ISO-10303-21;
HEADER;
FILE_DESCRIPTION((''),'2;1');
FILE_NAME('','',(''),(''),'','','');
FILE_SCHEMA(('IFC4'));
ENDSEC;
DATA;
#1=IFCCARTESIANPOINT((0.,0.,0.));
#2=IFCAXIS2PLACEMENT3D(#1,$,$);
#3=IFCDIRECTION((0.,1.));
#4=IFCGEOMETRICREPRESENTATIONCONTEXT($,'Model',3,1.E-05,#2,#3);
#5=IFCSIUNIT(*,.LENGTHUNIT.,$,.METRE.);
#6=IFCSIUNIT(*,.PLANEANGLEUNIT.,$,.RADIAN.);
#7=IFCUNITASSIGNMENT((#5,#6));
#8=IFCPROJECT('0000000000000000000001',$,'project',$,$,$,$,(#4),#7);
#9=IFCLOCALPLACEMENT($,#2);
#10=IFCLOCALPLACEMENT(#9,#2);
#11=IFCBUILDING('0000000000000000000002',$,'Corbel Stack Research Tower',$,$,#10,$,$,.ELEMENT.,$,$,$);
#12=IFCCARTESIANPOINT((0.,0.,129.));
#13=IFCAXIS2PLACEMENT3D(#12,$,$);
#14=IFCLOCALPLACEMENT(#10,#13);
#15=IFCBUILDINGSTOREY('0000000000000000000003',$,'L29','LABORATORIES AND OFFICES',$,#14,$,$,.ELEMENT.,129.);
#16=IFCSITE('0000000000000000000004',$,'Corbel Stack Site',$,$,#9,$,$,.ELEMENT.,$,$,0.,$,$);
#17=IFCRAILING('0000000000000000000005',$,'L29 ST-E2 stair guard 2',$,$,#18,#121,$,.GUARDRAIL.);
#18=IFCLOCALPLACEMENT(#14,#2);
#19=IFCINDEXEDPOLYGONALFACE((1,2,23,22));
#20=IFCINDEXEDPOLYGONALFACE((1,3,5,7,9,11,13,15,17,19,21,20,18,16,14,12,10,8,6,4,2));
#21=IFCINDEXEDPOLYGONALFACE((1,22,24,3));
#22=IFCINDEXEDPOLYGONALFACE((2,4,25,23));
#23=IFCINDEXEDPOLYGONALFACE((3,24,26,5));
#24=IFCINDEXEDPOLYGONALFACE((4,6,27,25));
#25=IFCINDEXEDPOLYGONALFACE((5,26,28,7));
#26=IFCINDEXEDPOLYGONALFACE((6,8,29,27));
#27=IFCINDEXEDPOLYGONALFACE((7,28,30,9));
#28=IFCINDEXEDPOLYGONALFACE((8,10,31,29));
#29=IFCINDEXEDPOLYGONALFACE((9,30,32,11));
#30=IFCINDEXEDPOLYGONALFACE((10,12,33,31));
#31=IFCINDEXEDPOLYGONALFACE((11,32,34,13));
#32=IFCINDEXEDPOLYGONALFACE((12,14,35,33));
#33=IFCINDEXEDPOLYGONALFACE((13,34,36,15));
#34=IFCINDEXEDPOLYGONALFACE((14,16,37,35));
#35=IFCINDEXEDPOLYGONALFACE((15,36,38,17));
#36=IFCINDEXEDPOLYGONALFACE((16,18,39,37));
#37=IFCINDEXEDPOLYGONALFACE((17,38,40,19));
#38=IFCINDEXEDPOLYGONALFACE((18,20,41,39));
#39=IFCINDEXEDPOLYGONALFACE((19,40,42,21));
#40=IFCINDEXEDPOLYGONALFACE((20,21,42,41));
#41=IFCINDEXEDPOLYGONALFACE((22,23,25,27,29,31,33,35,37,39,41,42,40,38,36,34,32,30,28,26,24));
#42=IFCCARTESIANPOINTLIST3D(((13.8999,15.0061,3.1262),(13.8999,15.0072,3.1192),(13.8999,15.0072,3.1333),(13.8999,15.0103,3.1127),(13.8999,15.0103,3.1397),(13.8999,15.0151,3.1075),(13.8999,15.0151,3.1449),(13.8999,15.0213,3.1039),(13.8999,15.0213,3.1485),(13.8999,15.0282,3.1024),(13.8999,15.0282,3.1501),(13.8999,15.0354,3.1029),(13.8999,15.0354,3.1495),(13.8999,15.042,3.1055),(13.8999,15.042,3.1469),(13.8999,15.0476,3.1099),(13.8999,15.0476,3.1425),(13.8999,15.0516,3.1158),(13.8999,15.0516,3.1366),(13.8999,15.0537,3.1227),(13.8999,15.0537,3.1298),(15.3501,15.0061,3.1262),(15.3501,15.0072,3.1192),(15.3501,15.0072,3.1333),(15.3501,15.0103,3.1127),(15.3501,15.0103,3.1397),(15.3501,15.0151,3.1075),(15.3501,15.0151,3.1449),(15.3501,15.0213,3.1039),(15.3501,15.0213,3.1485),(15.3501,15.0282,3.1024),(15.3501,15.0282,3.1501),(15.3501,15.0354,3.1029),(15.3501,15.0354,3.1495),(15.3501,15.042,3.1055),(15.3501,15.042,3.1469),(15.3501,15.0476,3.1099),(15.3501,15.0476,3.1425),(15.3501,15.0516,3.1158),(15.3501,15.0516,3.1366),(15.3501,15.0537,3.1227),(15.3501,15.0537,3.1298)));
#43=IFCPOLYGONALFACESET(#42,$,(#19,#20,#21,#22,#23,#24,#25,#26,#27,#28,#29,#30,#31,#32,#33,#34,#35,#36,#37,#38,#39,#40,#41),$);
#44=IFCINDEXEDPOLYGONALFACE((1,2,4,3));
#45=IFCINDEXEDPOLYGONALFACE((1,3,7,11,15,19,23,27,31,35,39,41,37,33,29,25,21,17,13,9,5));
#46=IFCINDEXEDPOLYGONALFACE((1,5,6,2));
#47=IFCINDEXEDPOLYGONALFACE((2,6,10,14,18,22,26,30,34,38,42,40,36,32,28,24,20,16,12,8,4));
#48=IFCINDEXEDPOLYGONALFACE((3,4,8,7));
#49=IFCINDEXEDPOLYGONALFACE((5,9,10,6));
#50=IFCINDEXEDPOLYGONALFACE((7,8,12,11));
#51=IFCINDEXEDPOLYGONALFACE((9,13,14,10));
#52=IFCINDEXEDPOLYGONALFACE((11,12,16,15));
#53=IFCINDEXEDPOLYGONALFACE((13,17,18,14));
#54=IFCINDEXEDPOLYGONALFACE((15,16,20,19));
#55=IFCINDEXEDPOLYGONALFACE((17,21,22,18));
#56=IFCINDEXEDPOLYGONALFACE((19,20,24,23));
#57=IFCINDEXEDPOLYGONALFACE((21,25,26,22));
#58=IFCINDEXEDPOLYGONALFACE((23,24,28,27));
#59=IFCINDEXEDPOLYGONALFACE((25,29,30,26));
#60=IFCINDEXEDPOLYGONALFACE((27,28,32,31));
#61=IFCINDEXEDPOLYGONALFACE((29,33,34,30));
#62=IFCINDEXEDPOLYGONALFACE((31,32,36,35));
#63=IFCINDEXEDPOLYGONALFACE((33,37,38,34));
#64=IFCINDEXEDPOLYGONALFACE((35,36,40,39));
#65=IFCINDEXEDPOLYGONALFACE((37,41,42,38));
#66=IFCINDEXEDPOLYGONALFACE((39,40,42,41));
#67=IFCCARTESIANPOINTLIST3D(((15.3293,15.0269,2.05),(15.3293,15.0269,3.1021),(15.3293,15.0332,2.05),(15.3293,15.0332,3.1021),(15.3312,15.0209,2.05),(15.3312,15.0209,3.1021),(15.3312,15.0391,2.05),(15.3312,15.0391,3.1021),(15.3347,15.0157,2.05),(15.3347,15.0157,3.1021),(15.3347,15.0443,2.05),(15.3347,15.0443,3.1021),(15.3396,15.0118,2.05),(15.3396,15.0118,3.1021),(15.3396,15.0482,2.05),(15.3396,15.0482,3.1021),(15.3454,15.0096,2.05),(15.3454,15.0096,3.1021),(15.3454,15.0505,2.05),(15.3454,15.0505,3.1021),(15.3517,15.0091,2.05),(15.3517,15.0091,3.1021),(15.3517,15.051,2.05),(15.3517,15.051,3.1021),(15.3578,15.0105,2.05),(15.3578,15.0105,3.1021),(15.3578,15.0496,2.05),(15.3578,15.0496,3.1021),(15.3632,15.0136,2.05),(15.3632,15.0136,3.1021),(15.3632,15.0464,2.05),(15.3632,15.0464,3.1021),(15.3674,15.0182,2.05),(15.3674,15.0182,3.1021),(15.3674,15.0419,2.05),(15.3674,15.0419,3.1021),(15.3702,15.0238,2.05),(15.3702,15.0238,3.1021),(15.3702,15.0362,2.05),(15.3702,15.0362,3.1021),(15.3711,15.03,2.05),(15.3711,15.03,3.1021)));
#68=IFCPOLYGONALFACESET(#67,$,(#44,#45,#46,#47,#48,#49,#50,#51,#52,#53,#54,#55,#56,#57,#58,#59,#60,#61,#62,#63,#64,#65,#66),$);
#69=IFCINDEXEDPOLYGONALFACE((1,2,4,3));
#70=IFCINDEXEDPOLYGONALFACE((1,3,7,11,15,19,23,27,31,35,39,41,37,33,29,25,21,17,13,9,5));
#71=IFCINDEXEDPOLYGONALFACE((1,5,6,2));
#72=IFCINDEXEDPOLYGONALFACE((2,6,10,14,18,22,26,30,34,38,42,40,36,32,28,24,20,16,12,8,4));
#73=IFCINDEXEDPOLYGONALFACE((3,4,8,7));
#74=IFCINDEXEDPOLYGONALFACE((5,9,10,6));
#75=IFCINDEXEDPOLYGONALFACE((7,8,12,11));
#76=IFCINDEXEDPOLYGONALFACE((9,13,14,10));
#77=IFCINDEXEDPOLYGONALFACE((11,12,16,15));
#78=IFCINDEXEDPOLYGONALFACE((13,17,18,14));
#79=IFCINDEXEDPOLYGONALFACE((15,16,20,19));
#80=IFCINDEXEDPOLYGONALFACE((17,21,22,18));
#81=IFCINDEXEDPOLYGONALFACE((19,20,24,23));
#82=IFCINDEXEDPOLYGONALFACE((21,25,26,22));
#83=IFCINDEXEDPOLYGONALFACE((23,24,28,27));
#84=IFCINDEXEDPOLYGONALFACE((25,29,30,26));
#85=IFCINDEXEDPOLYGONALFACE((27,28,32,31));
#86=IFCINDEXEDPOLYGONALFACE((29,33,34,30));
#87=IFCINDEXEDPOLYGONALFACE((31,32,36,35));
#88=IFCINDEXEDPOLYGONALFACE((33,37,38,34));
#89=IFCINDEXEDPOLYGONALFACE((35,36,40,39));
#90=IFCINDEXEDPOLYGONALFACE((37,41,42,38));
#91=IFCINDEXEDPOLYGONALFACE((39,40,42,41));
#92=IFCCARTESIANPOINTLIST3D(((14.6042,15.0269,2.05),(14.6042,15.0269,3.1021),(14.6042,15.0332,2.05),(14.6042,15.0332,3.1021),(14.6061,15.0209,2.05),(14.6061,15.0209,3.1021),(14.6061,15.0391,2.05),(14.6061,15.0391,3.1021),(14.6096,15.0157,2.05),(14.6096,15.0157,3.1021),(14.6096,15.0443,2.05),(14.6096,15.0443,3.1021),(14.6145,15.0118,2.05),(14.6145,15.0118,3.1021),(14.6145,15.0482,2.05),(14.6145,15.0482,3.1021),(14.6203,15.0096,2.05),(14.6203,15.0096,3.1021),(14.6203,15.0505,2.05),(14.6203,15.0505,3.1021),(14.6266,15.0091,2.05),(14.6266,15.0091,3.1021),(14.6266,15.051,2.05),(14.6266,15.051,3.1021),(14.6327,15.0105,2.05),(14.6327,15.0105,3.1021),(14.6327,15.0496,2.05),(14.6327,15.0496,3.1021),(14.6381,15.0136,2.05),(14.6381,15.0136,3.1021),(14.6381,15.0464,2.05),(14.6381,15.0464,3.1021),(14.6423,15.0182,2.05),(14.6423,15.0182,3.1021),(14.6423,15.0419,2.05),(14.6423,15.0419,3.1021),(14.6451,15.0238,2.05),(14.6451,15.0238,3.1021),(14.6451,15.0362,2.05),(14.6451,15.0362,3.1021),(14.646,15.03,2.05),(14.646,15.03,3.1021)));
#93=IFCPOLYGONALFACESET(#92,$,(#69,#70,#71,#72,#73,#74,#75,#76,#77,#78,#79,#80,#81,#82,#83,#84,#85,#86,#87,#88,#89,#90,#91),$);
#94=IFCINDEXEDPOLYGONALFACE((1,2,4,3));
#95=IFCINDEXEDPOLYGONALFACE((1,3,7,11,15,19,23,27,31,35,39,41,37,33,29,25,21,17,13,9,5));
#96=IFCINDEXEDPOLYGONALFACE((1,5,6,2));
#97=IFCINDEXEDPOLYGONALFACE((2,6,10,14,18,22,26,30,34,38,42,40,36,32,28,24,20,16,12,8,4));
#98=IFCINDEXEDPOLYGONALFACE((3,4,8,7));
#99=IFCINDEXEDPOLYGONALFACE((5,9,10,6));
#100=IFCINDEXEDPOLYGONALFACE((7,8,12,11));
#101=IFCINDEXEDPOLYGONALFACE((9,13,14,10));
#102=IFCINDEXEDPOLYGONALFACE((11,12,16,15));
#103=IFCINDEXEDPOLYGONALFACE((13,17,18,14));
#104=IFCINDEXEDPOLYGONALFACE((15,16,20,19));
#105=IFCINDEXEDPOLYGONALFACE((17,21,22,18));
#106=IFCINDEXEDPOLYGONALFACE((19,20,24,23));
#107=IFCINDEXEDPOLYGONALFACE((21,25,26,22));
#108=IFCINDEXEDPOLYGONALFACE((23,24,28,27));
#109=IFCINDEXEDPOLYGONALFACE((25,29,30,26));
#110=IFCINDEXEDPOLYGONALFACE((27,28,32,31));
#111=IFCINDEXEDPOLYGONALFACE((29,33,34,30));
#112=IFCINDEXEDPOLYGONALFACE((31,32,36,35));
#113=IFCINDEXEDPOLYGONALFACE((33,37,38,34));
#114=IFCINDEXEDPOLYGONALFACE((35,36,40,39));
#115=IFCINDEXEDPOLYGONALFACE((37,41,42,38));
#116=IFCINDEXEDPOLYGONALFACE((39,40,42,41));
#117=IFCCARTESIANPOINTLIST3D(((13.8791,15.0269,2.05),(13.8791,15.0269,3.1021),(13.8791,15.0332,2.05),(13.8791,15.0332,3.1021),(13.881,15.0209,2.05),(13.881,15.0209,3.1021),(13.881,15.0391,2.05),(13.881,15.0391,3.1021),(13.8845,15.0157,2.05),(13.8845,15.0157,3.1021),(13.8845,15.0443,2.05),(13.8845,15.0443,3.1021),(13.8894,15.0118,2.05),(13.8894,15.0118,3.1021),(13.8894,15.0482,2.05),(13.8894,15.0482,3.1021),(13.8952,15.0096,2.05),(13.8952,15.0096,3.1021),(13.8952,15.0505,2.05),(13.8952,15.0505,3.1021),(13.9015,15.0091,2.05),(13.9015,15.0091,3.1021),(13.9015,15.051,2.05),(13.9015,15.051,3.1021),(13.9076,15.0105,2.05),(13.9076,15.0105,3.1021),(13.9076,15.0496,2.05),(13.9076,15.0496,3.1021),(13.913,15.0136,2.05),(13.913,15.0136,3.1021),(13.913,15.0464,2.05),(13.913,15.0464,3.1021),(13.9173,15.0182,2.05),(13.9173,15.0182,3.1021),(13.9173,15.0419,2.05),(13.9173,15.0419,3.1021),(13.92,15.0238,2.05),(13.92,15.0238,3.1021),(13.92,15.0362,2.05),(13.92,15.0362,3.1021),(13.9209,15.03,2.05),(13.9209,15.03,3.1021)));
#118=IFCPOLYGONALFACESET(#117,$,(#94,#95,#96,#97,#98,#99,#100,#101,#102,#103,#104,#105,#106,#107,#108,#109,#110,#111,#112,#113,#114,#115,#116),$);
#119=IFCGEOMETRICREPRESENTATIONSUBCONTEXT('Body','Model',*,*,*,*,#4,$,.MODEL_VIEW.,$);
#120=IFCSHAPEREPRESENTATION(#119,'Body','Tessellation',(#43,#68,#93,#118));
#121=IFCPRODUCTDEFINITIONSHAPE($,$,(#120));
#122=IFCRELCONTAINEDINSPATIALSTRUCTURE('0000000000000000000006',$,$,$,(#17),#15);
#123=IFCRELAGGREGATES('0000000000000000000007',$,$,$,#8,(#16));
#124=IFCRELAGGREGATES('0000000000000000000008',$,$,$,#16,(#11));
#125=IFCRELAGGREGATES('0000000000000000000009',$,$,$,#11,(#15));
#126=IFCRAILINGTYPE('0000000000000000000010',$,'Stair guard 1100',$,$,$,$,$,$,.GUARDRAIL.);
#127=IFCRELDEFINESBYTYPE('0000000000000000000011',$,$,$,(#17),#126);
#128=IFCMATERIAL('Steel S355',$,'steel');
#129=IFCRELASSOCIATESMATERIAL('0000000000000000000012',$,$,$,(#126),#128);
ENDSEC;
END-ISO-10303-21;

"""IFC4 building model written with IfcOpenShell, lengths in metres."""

from ifc_helpers import new_model, si_unit, direction, frame, origin, origin_2d, place, context, subcontext, project, spatial, circle, extrude, material, type_object, element, save


model = new_model("IFC4")

# Units and contexts
model_context = context("Model", 3, precision=1e-05, world=origin(), true_north=direction((0.0, 1.0)))
body_context = subcontext(model_context, "Body", "Model", "MODEL_VIEW")
ifc_project = project(units=[si_unit("LENGTHUNIT", "METRE"), si_unit("PLANEANGLEUNIT", "RADIAN")], contexts=[model_context])

# Site, building, storey
site_placement = place(None, origin())
site = spatial("IfcSite", under=ifc_project, at=site_placement, Name="Corbel Stack Site", CompositionType="ELEMENT", RefElevation=0.0)
building_placement = place(site_placement, origin())
building = spatial("IfcBuilding", under=site, at=building_placement, Name="Corbel Stack Research Tower", CompositionType="ELEMENT")
storey_placement = place(building_placement, frame((0.0, 0.0, 129.0)))
storey = spatial("IfcBuildingStorey", under=building, at=storey_placement, Name="L29", Description="LABORATORIES AND OFFICES", CompositionType="ELEMENT", Elevation=129.0)

# Railing
ifc_material_1 = material(Name="Steel S355", Category="steel")
railing_type_1 = type_object("IfcRailingType", Name="Stair guard 1100", PredefinedType="GUARDRAIL", material=ifc_material_1)
railing_1_placement = place(storey_placement, frame((15.3501, 15.03, 2.05)))
element("IfcRailing", 1, at=railing_1_placement, inside=storey, type_object=railing_type_1, Name="L29 ST-E2 stair guard 2", PredefinedType="GUARDRAIL", context=body_context, shape_type="SweptSolid", body=[
    extrude(circle(Radius=0.0239, at=origin_2d()), frame((0.0, 0.0, 1.0762), z_axis=(-1.0, 0.0, 0.0), x_axis=(0.0, -1.0, 0.0)), (0.0, 0.0, 1.0), 1.4502),
    extrude(circle(Radius=0.021, at=origin_2d()), origin(), (0.0, 0.0, 1.0), 1.052),
    extrude(circle(Radius=0.021, at=origin_2d()), frame((-0.7251, 0.0, 0.0)), (0.0, 0.0, 1.0), 1.052),
    extrude(circle(Radius=0.021, at=origin_2d()), frame((-1.4502, 0.0, 0.0)), (0.0, 0.0, 1.0), 1.052),
])

save(model, "model.ifc")
